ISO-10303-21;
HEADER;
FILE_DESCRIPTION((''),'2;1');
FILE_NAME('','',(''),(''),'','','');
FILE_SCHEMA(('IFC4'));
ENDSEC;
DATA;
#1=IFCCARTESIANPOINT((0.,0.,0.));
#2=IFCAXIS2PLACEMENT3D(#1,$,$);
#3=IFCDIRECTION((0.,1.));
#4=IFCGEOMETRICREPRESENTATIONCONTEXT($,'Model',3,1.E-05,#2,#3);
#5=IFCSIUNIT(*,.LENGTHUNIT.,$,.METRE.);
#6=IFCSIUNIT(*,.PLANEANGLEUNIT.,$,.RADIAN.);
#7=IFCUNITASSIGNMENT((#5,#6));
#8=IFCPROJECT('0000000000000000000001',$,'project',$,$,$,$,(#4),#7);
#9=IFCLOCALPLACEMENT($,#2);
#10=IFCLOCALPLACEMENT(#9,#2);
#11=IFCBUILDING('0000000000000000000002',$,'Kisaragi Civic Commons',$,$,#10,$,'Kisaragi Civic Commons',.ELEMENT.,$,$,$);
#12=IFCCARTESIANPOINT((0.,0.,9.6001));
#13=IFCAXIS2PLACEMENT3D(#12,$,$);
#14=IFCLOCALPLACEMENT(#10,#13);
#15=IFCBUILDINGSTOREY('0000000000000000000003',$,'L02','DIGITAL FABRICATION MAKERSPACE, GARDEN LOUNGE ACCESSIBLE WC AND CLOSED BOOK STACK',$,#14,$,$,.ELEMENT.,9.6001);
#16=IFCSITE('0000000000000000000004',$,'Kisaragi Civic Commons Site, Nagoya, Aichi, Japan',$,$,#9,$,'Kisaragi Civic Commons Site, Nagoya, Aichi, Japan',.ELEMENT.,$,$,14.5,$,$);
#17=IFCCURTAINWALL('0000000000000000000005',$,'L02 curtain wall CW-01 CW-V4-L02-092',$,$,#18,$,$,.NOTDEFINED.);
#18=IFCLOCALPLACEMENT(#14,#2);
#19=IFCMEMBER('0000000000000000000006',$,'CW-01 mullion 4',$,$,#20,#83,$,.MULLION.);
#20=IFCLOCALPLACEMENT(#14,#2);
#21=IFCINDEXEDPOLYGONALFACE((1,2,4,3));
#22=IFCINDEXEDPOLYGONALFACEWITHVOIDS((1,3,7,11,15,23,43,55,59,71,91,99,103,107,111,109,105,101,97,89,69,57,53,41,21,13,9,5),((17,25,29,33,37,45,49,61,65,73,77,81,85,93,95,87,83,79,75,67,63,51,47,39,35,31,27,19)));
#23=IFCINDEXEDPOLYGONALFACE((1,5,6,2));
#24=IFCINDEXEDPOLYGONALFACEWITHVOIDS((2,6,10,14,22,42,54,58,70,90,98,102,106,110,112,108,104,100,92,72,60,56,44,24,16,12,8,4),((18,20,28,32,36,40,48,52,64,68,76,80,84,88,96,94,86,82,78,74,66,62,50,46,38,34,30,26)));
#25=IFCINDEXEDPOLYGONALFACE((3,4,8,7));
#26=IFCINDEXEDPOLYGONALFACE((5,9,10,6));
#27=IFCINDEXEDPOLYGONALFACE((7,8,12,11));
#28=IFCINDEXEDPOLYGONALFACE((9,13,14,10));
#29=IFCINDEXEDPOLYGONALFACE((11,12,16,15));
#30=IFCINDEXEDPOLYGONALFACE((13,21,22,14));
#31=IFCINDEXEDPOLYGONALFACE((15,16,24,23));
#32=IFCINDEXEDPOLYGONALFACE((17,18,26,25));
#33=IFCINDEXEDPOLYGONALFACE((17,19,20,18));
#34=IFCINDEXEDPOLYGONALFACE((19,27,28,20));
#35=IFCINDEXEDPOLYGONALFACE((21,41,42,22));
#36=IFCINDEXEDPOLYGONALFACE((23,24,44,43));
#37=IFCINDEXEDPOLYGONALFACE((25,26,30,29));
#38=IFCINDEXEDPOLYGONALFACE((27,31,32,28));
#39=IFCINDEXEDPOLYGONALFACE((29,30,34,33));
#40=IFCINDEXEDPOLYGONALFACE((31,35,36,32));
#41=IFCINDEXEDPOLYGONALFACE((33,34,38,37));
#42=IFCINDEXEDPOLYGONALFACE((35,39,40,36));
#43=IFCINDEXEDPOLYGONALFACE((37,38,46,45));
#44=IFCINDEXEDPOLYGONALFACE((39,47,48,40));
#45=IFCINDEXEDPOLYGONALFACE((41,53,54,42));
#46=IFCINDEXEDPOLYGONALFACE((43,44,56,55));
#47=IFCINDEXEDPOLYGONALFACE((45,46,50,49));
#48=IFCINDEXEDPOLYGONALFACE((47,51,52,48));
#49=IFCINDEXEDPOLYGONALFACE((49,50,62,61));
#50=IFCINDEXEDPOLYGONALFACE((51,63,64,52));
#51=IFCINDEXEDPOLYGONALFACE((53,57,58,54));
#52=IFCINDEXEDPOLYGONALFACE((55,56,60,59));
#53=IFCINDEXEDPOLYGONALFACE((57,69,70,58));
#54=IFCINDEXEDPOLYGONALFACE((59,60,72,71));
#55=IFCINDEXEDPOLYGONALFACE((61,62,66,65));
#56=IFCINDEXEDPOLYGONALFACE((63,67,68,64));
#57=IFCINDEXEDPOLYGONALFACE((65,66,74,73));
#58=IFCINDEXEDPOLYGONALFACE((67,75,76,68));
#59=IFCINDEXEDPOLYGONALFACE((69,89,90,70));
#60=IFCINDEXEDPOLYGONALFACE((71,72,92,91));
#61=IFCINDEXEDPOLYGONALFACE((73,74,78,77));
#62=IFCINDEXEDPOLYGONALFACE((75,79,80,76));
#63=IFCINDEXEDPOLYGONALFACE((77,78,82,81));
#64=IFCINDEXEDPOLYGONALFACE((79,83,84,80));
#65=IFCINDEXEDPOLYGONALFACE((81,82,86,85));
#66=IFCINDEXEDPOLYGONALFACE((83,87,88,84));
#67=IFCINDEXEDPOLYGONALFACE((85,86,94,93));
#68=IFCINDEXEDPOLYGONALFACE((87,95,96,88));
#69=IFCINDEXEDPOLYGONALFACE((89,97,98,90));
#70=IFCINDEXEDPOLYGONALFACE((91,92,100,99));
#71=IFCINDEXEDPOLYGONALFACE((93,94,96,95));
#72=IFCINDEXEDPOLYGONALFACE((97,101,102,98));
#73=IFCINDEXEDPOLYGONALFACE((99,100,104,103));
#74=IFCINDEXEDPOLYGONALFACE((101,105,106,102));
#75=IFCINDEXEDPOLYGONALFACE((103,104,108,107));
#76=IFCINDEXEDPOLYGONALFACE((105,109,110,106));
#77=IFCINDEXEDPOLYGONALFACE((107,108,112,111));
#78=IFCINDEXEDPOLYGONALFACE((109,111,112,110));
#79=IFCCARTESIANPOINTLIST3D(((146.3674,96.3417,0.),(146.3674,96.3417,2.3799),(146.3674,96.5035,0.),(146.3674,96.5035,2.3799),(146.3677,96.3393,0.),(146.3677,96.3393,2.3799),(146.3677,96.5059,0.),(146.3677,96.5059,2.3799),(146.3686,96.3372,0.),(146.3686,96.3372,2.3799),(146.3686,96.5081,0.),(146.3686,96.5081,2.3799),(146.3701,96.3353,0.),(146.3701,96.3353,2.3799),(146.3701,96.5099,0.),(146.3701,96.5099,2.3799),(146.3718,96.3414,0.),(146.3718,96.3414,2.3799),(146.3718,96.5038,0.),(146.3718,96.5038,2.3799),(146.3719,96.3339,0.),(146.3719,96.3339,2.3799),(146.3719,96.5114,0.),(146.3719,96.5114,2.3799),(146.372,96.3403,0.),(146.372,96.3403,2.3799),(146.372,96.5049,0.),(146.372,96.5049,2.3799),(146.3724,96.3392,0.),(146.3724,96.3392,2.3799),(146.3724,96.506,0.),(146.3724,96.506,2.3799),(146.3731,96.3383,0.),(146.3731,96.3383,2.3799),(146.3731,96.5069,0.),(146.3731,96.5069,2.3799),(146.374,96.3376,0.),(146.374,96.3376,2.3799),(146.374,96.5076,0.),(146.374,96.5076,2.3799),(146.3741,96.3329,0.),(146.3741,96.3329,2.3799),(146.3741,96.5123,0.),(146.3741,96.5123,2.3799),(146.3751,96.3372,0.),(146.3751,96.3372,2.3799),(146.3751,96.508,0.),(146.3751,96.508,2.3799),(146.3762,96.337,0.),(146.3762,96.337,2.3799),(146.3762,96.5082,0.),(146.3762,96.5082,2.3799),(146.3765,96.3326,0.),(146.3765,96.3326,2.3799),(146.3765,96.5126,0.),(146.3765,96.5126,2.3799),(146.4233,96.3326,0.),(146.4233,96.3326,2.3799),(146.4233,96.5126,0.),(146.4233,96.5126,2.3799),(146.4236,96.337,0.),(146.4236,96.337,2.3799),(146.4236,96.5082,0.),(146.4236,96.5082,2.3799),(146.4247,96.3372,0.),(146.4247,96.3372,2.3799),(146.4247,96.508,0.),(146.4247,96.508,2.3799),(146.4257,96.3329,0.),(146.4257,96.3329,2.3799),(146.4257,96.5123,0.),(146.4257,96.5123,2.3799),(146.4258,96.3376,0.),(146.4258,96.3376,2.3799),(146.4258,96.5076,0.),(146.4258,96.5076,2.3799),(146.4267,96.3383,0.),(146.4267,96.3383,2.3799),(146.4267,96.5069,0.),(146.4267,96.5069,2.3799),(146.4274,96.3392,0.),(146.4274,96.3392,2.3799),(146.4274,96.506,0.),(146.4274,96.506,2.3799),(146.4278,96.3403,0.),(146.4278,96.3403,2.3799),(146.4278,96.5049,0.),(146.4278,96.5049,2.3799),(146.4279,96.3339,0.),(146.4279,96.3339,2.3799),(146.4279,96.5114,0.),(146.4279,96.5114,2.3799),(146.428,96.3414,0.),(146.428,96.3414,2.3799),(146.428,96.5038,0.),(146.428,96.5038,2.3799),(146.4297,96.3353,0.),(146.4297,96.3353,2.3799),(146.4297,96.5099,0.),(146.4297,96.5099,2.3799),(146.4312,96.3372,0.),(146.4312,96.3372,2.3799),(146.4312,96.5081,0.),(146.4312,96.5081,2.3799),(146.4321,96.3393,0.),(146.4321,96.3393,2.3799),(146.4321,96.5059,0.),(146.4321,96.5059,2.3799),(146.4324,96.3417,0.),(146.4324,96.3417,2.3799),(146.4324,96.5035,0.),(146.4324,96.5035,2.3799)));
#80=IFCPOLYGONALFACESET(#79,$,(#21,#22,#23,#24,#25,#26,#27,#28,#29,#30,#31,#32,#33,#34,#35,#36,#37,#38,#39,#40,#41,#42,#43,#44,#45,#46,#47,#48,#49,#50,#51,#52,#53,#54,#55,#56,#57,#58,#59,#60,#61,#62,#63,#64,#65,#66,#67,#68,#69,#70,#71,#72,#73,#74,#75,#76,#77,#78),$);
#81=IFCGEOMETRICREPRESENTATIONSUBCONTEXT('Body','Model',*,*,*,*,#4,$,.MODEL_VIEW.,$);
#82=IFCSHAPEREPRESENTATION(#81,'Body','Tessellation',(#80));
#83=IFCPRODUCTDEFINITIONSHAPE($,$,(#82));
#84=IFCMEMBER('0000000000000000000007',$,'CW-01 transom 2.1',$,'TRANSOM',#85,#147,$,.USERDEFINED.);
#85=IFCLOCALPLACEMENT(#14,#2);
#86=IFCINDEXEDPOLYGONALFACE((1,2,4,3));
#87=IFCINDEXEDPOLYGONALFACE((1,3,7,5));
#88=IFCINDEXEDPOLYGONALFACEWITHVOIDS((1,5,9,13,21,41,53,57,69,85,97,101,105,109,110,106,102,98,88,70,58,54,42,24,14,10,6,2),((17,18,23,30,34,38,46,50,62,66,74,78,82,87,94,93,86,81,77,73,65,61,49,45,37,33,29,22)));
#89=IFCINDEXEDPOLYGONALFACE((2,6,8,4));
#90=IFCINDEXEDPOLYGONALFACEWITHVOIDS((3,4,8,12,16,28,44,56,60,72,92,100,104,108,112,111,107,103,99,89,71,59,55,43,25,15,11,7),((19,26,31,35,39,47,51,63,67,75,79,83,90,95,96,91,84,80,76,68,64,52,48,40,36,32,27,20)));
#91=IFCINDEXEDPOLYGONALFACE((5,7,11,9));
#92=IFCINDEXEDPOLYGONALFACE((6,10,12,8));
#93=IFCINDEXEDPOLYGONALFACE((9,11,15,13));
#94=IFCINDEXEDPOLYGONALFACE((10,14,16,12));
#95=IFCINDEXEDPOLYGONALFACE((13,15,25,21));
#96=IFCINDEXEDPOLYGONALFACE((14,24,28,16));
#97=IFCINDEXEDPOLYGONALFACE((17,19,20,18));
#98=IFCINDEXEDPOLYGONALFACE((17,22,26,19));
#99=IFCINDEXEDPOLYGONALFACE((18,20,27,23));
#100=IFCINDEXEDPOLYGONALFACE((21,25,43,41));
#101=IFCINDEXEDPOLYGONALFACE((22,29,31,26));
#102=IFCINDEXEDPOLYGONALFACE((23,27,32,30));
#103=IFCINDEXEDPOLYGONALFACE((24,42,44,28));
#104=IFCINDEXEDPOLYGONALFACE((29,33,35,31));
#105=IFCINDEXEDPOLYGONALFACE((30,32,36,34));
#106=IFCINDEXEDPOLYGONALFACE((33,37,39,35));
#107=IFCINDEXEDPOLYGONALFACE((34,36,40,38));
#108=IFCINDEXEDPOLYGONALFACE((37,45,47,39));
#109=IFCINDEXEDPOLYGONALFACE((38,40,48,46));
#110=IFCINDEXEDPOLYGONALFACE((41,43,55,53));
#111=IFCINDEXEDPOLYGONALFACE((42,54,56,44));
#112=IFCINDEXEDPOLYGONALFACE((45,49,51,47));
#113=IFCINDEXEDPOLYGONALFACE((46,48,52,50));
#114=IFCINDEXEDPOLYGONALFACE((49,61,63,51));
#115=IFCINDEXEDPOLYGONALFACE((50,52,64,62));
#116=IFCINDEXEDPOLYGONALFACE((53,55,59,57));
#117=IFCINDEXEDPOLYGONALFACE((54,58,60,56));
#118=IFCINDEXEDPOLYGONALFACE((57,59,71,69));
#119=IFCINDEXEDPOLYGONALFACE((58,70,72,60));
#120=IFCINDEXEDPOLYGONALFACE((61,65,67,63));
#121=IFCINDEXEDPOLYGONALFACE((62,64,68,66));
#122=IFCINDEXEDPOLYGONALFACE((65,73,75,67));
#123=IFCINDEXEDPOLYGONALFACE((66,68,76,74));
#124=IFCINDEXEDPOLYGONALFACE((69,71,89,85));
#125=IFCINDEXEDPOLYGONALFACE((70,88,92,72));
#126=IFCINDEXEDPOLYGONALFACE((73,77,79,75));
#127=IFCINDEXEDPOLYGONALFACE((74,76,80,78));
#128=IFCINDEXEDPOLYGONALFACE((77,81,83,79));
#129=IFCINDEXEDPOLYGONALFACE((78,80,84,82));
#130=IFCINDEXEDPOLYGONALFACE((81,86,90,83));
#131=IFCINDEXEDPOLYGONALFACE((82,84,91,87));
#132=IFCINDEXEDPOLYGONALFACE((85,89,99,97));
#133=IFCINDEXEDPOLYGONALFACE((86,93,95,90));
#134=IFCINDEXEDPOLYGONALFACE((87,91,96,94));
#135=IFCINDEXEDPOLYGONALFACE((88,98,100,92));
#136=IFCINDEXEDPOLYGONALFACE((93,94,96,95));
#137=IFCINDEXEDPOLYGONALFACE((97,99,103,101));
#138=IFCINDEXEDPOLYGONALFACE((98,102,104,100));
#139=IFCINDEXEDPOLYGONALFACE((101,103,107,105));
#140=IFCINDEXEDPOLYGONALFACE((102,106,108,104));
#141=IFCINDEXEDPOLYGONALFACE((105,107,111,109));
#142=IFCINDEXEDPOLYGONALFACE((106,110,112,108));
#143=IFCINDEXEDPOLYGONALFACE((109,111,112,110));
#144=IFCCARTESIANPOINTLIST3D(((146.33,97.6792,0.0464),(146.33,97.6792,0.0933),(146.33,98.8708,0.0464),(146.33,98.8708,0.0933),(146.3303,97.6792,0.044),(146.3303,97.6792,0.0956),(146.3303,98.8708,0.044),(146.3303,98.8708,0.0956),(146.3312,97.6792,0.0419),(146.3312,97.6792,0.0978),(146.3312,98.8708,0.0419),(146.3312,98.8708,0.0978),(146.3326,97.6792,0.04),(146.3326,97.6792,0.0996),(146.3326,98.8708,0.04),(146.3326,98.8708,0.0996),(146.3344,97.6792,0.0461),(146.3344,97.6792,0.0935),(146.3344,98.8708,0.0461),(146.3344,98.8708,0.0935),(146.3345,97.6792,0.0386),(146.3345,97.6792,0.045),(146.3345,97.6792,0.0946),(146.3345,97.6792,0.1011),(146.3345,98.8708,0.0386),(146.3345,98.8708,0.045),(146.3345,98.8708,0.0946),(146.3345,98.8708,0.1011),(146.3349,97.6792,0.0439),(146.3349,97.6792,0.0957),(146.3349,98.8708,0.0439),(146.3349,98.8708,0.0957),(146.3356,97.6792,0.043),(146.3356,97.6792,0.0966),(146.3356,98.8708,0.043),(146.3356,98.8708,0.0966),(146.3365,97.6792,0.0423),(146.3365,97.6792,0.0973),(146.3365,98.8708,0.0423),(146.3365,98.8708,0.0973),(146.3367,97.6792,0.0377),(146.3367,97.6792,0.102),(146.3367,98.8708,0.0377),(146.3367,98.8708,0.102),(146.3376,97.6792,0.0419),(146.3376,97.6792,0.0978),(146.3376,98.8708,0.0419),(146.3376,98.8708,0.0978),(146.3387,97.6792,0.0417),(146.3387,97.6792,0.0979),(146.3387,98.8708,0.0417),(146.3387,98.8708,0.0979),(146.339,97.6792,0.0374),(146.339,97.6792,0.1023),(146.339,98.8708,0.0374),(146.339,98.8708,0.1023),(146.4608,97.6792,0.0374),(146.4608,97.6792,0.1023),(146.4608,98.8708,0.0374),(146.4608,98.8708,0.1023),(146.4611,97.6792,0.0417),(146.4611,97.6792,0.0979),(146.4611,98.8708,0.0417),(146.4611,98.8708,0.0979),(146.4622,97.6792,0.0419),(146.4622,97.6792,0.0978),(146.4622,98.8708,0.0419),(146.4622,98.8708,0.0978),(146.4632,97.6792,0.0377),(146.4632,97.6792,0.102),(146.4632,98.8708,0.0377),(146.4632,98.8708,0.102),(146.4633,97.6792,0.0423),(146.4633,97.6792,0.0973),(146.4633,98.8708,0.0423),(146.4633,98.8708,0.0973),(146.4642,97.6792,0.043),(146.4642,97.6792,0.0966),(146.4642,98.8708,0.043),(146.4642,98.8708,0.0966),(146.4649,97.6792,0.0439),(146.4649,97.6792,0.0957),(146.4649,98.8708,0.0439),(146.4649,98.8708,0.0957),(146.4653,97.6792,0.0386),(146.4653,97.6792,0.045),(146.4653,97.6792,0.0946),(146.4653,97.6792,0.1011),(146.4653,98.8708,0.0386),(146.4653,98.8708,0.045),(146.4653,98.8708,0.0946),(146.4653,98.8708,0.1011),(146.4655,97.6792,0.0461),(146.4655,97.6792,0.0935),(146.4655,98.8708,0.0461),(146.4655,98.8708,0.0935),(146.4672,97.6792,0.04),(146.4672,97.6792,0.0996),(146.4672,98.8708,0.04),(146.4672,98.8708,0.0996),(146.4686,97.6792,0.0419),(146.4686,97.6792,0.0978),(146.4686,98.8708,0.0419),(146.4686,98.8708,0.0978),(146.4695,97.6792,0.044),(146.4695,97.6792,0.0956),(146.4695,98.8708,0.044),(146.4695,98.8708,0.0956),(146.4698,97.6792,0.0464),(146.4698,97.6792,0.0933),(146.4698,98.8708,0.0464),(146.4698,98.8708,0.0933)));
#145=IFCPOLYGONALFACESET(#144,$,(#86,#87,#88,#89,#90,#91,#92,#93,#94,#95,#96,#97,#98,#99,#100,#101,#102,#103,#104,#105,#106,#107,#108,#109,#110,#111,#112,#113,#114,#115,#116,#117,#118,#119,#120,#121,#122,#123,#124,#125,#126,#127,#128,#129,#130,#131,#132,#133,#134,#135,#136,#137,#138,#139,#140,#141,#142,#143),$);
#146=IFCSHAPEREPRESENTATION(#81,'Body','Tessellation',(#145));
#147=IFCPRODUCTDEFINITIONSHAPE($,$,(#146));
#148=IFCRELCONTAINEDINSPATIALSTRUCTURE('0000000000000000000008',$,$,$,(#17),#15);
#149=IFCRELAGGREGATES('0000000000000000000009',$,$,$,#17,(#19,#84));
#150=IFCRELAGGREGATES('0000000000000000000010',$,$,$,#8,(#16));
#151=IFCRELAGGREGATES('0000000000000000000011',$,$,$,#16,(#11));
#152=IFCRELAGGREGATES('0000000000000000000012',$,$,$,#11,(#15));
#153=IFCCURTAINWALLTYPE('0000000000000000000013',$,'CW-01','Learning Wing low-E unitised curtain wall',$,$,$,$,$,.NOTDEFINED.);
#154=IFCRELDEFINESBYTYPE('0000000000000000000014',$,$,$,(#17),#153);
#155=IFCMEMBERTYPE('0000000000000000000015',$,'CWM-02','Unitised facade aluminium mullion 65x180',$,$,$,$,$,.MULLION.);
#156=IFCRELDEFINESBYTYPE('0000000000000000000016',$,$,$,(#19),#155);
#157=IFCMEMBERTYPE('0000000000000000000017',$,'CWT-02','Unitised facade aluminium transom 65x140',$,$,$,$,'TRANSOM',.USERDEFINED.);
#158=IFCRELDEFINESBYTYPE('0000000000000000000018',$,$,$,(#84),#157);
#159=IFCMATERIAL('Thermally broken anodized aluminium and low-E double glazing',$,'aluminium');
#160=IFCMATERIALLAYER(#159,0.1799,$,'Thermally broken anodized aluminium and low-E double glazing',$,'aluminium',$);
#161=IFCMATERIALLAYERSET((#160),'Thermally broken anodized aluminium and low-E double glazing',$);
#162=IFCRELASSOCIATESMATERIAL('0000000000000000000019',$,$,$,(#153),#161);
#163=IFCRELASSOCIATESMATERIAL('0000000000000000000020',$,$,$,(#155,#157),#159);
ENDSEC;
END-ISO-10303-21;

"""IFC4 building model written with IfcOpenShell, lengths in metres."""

from ifc_helpers import new_model, si_unit, direction, frame, origin, origin_2d, place, context, subcontext, project, spatial, hollow_rectangle, extrude, material, layer, layer_set, material_profile, profile_set, type_object, element, aggregate, save


model = new_model("IFC4")

# Units and contexts
model_context = context("Model", 3, precision=1e-05, world=origin(), true_north=direction((0.0, 1.0)))
body_context = subcontext(model_context, "Body", "Model", "MODEL_VIEW")
ifc_project = project(units=[si_unit("LENGTHUNIT", "METRE"), si_unit("PLANEANGLEUNIT", "RADIAN")], contexts=[model_context])

# Site, building, storey
site_placement = place(None, origin())
site = spatial("IfcSite", under=ifc_project, at=site_placement, Name="Kisaragi Civic Commons Site, Nagoya, Aichi, Japan", LongName="Kisaragi Civic Commons Site, Nagoya, Aichi, Japan", CompositionType="ELEMENT", RefElevation=14.5)
building_placement = place(site_placement, origin())
building = spatial("IfcBuilding", under=site, at=building_placement, Name="Kisaragi Civic Commons", LongName="Kisaragi Civic Commons", CompositionType="ELEMENT")
storey_placement = place(building_placement, frame((0.0, 0.0, 9.6001)))
storey = spatial("IfcBuildingStorey", under=building, at=storey_placement, Name="L02", Description="DIGITAL FABRICATION MAKERSPACE, GARDEN LOUNGE ACCESSIBLE WC AND CLOSED BOOK STACK", CompositionType="ELEMENT", Elevation=9.6001)

# Curtain wall, members
ifc_material_1 = material(Name="Thermally broken anodized aluminium and low-E double glazing", Category="aluminium")
ifc_layer_1 = layer(ifc_material_1, 0.1799, Name="Thermally broken anodized aluminium and low-E double glazing", Category="aluminium")
ifc_layer_set_1 = layer_set([ifc_layer_1], Name="Thermally broken anodized aluminium and low-E double glazing")
curtain_wall_type = type_object("IfcCurtainWallType", Name="CW-01", Description="Learning Wing low-E unitised curtain wall", PredefinedType="NOTDEFINED", material=ifc_layer_set_1)
curtain_wall_placement = place(storey_placement, origin())
curtain_wall = element("IfcCurtainWall", 1, at=curtain_wall_placement, inside=storey, type_object=curtain_wall_type, Name="L02 curtain wall CW-01 CW-V4-L02-092", PredefinedType="NOTDEFINED")
ifc_material_profile_1 = material_profile(ifc_material_1, hollow_rectangle(XDim=0.0649, YDim=0.1799, WallThickness=0.0044, InnerFilletRadius=0.0044, OuterFilletRadius=0.009, at=origin_2d()), Name="CWM-65x180x4.5", Category="aluminium")
ifc_profile_set_1 = profile_set([ifc_material_profile_1], Name="Thermally broken anodized aluminium and low-E double glazing")
member_type_1 = type_object("IfcMemberType", Name="CWM-02", Description="Unitised facade aluminium mullion 65x180", PredefinedType="MULLION", material=ifc_profile_set_1)
member_1_placement = place(storey_placement, frame((146.3999, 96.4226, 0.0), z_axis=(0.0, 0.0, 1.0), x_axis=(1.0, 0.0, 0.0)))
member_1 = element("IfcMember", 2, at=member_1_placement, type_object=member_type_1, Name="CW-01 mullion 4", PredefinedType="MULLION", context=body_context, shape_type="SweptSolid", body=[
    extrude(hollow_rectangle(XDim=0.0649, YDim=0.1799, WallThickness=0.0044, InnerFilletRadius=0.0044, OuterFilletRadius=0.009, at=origin_2d()), origin(), (0.0, 0.0, 1.0), 2.3799),
])
ifc_material_profile_2 = material_profile(ifc_material_1, hollow_rectangle(XDim=0.1399, YDim=0.0649, WallThickness=0.0044, InnerFilletRadius=0.0044, OuterFilletRadius=0.009, at=origin_2d()), Name="CWT-65x140x4.5", Category="aluminium")
ifc_profile_set_2 = profile_set([ifc_material_profile_2], Name="Thermally broken anodized aluminium and low-E double glazing")
member_type_2 = type_object("IfcMemberType", Name="CWT-02", Description="Unitised facade aluminium transom 65x140", ElementType="TRANSOM", PredefinedType="USERDEFINED", material=ifc_profile_set_2)
member_2_placement = place(storey_placement, frame((146.3999, 98.8708, 0.0698), z_axis=(0.0, -1.0, 0.0), x_axis=(1.0, 0.0, 0.0)))
member_2 = element("IfcMember", 3, at=member_2_placement, type_object=member_type_2, Name="CW-01 transom 2.1", ObjectType="TRANSOM", PredefinedType="USERDEFINED", context=body_context, shape_type="SweptSolid", body=[
    extrude(hollow_rectangle(XDim=0.1399, YDim=0.0649, WallThickness=0.0044, InnerFilletRadius=0.0044, OuterFilletRadius=0.009, at=origin_2d()), origin(), (0.0, 0.0, 1.0), 1.1917),
])

aggregate(curtain_wall, [member_1, member_2])

save(model, "model.ifc")
